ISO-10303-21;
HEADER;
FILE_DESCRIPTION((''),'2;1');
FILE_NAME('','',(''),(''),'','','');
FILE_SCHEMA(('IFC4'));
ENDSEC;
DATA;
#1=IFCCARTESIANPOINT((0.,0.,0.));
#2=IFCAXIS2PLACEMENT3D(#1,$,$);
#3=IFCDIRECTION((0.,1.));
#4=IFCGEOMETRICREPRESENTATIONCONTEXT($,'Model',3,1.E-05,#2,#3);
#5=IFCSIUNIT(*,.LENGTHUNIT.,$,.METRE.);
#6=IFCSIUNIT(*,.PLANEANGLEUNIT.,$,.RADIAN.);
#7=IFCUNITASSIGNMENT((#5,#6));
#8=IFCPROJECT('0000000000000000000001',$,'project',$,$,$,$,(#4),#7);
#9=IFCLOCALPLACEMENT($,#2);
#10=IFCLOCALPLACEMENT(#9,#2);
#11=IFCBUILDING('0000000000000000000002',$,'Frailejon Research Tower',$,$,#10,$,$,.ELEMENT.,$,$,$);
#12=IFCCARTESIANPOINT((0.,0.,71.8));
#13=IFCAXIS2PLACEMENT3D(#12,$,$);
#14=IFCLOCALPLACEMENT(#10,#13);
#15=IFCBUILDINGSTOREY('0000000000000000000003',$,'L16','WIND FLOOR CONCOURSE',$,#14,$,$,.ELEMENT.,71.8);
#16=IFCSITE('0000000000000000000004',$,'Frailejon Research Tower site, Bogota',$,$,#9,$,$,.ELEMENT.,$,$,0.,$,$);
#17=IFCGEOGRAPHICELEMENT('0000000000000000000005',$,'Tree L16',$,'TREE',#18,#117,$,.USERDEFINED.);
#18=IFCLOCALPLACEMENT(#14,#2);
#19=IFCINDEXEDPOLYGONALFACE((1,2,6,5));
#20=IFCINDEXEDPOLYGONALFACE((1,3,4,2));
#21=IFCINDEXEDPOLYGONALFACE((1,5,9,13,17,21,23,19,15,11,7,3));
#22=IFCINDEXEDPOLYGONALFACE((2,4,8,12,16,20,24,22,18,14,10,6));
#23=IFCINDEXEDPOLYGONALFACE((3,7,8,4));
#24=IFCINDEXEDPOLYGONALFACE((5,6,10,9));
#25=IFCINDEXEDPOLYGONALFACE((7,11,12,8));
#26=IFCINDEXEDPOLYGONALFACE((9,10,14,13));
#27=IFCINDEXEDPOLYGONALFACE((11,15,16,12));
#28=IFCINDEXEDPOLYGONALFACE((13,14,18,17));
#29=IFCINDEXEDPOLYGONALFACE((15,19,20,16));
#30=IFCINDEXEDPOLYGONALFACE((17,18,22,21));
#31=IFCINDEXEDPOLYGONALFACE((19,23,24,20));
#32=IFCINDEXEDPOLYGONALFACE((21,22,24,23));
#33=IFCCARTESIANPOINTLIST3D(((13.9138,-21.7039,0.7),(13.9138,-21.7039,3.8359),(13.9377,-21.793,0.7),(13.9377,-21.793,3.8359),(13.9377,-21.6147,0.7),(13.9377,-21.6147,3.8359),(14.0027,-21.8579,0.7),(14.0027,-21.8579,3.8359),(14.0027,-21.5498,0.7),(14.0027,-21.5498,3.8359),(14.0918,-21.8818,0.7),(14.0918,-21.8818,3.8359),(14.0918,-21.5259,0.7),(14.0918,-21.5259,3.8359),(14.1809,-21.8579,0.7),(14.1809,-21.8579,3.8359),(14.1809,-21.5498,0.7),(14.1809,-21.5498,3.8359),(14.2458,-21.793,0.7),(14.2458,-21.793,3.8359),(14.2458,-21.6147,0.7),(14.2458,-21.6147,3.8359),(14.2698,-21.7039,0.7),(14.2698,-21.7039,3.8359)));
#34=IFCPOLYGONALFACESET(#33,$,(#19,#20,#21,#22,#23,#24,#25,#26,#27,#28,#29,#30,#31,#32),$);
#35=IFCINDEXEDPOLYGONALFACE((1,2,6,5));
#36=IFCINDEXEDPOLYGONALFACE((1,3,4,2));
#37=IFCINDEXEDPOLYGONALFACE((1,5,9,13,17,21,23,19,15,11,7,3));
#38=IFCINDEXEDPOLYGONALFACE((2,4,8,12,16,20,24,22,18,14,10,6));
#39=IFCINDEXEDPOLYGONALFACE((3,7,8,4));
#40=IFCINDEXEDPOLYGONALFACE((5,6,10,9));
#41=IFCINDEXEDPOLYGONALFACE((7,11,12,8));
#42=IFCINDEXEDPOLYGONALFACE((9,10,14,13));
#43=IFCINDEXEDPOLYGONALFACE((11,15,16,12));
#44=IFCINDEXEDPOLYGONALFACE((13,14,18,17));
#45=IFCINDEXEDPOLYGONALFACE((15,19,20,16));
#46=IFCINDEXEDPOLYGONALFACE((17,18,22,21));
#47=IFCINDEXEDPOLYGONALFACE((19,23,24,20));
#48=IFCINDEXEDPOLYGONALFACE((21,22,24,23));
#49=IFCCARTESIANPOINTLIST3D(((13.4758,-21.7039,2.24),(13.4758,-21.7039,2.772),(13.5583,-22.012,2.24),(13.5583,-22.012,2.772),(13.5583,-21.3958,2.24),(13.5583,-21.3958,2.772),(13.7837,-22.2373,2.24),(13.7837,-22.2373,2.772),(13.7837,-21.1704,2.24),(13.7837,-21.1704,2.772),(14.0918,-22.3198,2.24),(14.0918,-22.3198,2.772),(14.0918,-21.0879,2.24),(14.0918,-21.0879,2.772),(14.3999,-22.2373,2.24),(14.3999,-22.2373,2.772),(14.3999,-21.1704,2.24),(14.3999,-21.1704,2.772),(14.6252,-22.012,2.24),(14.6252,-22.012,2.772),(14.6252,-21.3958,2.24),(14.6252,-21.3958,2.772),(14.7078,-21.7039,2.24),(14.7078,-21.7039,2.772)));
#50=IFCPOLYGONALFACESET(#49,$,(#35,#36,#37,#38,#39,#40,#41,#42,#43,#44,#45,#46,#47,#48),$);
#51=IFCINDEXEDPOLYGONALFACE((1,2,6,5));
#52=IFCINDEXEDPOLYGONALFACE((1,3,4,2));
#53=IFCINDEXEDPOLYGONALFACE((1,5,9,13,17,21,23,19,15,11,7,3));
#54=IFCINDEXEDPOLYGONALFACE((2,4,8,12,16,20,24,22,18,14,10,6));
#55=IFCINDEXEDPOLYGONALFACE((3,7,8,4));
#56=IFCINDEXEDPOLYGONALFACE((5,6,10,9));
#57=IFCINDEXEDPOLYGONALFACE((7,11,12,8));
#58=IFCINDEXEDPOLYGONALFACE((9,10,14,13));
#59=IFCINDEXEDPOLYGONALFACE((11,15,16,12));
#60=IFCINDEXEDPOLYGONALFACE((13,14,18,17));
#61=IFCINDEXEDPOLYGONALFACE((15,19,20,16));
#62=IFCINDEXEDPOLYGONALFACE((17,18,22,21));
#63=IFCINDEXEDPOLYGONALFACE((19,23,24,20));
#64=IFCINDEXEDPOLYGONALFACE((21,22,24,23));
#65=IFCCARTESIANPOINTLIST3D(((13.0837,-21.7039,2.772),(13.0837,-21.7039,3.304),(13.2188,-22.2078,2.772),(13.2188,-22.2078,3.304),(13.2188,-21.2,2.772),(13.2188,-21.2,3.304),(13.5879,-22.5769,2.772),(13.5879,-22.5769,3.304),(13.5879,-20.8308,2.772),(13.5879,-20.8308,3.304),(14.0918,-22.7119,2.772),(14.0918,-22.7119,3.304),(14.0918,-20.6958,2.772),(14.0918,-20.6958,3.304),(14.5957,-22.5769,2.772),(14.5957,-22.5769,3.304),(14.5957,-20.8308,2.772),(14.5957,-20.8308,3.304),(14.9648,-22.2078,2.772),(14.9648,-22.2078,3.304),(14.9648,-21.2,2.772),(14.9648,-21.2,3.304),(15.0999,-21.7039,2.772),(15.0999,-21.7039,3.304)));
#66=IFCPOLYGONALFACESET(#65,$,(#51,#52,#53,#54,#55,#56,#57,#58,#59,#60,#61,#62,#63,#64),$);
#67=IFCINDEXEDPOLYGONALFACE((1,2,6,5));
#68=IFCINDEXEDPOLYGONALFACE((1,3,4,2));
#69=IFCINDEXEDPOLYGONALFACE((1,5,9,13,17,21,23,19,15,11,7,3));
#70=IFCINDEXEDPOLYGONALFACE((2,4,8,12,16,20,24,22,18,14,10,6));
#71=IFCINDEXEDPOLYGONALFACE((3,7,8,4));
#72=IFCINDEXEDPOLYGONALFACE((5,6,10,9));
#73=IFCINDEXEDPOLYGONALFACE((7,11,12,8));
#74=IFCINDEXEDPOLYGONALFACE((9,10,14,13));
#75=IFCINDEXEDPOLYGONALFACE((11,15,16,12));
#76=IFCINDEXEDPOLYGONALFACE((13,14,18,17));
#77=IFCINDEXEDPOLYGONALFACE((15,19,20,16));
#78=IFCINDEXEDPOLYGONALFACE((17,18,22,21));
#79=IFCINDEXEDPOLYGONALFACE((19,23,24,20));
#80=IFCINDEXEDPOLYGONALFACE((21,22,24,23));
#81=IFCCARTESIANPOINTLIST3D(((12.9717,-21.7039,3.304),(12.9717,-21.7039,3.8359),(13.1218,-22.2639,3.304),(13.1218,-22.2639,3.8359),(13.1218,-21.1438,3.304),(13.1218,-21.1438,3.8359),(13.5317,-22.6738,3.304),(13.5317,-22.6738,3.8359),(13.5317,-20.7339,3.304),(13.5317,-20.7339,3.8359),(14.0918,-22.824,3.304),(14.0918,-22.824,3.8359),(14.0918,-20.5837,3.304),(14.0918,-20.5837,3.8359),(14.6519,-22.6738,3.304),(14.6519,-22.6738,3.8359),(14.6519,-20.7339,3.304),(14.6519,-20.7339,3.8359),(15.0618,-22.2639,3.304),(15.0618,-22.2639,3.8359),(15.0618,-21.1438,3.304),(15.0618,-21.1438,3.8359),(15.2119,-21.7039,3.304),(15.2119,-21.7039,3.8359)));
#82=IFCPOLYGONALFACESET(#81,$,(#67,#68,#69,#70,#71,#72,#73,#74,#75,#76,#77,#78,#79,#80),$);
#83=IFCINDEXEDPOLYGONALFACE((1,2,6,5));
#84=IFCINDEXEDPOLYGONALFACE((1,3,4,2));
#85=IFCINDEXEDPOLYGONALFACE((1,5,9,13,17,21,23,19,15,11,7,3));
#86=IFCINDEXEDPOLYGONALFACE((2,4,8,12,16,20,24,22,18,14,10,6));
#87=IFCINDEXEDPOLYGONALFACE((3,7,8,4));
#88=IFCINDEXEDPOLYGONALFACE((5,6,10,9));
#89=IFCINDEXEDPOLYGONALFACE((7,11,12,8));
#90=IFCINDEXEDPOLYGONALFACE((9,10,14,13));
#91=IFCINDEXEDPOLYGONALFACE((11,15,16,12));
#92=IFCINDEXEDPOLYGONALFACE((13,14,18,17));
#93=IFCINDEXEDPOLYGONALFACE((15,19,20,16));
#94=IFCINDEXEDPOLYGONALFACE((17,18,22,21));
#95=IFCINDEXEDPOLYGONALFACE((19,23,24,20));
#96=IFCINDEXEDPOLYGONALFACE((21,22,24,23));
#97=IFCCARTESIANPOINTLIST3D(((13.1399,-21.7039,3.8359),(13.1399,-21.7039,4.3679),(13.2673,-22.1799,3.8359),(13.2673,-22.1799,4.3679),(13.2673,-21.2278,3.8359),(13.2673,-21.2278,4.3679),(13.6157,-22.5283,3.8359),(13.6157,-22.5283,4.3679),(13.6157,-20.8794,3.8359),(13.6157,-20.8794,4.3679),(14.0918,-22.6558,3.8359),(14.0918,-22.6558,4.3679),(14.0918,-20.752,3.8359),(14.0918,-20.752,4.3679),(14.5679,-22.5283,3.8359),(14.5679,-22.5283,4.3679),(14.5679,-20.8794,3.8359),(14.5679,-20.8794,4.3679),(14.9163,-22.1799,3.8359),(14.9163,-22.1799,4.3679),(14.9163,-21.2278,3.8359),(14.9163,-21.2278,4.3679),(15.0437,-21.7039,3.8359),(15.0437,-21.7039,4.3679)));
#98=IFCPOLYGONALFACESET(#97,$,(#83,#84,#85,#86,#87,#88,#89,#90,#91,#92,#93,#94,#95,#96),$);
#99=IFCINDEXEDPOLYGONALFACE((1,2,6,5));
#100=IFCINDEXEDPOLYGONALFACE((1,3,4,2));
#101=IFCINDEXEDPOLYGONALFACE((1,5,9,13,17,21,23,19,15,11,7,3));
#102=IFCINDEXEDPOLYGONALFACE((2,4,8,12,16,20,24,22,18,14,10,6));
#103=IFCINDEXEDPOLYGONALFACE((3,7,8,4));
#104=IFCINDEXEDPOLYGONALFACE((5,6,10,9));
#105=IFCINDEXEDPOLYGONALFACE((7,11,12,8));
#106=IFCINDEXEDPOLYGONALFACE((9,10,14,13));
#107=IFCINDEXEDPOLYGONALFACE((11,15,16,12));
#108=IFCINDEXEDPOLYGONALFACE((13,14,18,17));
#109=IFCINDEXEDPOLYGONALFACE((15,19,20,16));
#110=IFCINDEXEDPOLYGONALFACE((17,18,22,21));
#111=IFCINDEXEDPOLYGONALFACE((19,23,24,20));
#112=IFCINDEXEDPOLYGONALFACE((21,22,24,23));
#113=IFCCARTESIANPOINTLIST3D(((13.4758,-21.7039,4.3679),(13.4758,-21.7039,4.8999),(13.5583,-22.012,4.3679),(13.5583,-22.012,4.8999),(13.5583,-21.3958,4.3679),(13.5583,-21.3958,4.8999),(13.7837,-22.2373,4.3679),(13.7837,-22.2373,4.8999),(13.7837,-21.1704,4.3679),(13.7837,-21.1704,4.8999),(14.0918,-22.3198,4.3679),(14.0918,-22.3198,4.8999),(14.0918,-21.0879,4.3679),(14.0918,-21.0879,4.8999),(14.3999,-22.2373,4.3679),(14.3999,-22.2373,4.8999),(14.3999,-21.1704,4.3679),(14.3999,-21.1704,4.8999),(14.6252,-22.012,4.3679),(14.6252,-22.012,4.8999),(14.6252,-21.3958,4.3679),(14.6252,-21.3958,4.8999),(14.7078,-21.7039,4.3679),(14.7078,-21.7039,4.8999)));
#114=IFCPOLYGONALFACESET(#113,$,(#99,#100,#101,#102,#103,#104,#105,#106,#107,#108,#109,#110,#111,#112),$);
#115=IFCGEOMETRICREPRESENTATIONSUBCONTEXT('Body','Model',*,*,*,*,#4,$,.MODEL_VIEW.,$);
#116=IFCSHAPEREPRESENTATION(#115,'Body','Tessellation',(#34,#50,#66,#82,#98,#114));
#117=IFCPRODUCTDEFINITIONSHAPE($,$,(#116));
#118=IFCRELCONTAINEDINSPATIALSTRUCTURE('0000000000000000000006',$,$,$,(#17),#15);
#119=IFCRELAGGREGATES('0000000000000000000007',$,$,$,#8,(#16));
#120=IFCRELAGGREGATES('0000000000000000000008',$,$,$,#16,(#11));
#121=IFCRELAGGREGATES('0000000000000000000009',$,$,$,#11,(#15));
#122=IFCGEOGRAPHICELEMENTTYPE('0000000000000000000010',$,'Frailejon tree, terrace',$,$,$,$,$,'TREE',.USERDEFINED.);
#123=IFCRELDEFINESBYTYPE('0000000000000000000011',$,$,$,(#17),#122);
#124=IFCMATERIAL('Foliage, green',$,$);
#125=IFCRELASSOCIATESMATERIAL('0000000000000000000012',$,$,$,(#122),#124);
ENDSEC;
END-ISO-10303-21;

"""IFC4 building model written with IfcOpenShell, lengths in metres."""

from ifc_helpers import new_model, si_unit, direction, frame, origin, place, context, subcontext, project, spatial, polyline, outline, extrude, material, type_object, element, save


model = new_model("IFC4")

# Units and contexts
model_context = context("Model", 3, precision=1e-05, world=origin(), true_north=direction((0.0, 1.0)))
body_context = subcontext(model_context, "Body", "Model", "MODEL_VIEW")
ifc_project = project(units=[si_unit("LENGTHUNIT", "METRE"), si_unit("PLANEANGLEUNIT", "RADIAN")], contexts=[model_context])

# Site, building, storey
site_placement = place(None, origin())
site = spatial("IfcSite", under=ifc_project, at=site_placement, Name="Frailejon Research Tower site, Bogota", CompositionType="ELEMENT", RefElevation=0.0)
building_placement = place(site_placement, origin())
building = spatial("IfcBuilding", under=site, at=building_placement, Name="Frailejon Research Tower", CompositionType="ELEMENT")
storey_placement = place(building_placement, frame((0.0, 0.0, 71.8)))
storey = spatial("IfcBuildingStorey", under=building, at=storey_placement, Name="L16", Description="WIND FLOOR CONCOURSE", CompositionType="ELEMENT", Elevation=71.8)

# Geographic element
ifc_material_1 = material(Name="Foliage, green")
geographic_element_type = type_object("IfcGeographicElementType", Name="Frailejon tree, terrace", ElementType="TREE", PredefinedType="USERDEFINED", material=ifc_material_1)
geographic_element_placement = place(storey_placement, frame((14.0918, -21.7039, 0.7)))
element("IfcGeographicElement", 1, at=geographic_element_placement, inside=storey, type_object=geographic_element_type, Name="Tree L16", ObjectType="TREE", PredefinedType="USERDEFINED", context=body_context, shape_type="SweptSolid", body=[
    extrude(outline(polyline([(0.178, 0.0), (0.1541, 0.0891), (0.0891, 0.1541), (0.0, 0.178), (-0.0891, 0.1541), (-0.1541, 0.0891), (-0.178, 0.0), (-0.1541, -0.0891), (-0.0891, -0.1541), (0.0, -0.178), (0.0891, -0.1541), (0.1541, -0.0891), (0.178, 0.0)])), origin(), (0.0, 0.0, 1.0), 3.136),
    extrude(outline(polyline([(0.616, 0.0), (0.5334, 0.3081), (0.3081, 0.5334), (0.0, 0.616), (-0.3081, 0.5334), (-0.5334, 0.3081), (-0.616, 0.0), (-0.5334, -0.3081), (-0.3081, -0.5334), (0.0, -0.616), (0.3081, -0.5334), (0.5334, -0.3081), (0.616, 0.0)])), frame((0.0, 0.0, 1.54)), (0.0, 0.0, 1.0), 0.532),
    extrude(outline(polyline([(1.0081, 0.0), (0.873, 0.5039), (0.5039, 0.873), (0.0, 1.0081), (-0.5039, 0.873), (-0.873, 0.5039), (-1.0081, 0.0), (-0.873, -0.5039), (-0.5039, -0.873), (0.0, -1.0081), (0.5039, -0.873), (0.873, -0.5039), (1.0081, 0.0)])), frame((0.0, 0.0, 2.072)), (0.0, 0.0, 1.0), 0.532),
    extrude(outline(polyline([(1.1201, 0.0), (0.97, 0.5601), (0.5601, 0.97), (0.0, 1.1201), (-0.5601, 0.97), (-0.97, 0.5601), (-1.1201, 0.0), (-0.97, -0.5601), (-0.5601, -0.97), (0.0, -1.1201), (0.5601, -0.97), (0.97, -0.5601), (1.1201, 0.0)])), frame((0.0, 0.0, 2.604)), (0.0, 0.0, 1.0), 0.532),
    extrude(outline(polyline([(0.9519, 0.0), (0.8245, 0.4761), (0.4761, 0.8245), (0.0, 0.9519), (-0.4761, 0.8245), (-0.8245, 0.4761), (-0.9519, 0.0), (-0.8245, -0.4761), (-0.4761, -0.8245), (0.0, -0.9519), (0.4761, -0.8245), (0.8245, -0.4761), (0.9519, 0.0)])), frame((0.0, 0.0, 3.136)), (0.0, 0.0, 1.0), 0.532),
    extrude(outline(polyline([(0.616, 0.0), (0.5334, 0.3081), (0.3081, 0.5334), (0.0, 0.616), (-0.3081, 0.5334), (-0.5334, 0.3081), (-0.616, 0.0), (-0.5334, -0.3081), (-0.3081, -0.5334), (0.0, -0.616), (0.3081, -0.5334), (0.5334, -0.3081), (0.616, 0.0)])), frame((0.0, 0.0, 3.668)), (0.0, 0.0, 1.0), 0.532),
])

save(model, "model.ifc")
